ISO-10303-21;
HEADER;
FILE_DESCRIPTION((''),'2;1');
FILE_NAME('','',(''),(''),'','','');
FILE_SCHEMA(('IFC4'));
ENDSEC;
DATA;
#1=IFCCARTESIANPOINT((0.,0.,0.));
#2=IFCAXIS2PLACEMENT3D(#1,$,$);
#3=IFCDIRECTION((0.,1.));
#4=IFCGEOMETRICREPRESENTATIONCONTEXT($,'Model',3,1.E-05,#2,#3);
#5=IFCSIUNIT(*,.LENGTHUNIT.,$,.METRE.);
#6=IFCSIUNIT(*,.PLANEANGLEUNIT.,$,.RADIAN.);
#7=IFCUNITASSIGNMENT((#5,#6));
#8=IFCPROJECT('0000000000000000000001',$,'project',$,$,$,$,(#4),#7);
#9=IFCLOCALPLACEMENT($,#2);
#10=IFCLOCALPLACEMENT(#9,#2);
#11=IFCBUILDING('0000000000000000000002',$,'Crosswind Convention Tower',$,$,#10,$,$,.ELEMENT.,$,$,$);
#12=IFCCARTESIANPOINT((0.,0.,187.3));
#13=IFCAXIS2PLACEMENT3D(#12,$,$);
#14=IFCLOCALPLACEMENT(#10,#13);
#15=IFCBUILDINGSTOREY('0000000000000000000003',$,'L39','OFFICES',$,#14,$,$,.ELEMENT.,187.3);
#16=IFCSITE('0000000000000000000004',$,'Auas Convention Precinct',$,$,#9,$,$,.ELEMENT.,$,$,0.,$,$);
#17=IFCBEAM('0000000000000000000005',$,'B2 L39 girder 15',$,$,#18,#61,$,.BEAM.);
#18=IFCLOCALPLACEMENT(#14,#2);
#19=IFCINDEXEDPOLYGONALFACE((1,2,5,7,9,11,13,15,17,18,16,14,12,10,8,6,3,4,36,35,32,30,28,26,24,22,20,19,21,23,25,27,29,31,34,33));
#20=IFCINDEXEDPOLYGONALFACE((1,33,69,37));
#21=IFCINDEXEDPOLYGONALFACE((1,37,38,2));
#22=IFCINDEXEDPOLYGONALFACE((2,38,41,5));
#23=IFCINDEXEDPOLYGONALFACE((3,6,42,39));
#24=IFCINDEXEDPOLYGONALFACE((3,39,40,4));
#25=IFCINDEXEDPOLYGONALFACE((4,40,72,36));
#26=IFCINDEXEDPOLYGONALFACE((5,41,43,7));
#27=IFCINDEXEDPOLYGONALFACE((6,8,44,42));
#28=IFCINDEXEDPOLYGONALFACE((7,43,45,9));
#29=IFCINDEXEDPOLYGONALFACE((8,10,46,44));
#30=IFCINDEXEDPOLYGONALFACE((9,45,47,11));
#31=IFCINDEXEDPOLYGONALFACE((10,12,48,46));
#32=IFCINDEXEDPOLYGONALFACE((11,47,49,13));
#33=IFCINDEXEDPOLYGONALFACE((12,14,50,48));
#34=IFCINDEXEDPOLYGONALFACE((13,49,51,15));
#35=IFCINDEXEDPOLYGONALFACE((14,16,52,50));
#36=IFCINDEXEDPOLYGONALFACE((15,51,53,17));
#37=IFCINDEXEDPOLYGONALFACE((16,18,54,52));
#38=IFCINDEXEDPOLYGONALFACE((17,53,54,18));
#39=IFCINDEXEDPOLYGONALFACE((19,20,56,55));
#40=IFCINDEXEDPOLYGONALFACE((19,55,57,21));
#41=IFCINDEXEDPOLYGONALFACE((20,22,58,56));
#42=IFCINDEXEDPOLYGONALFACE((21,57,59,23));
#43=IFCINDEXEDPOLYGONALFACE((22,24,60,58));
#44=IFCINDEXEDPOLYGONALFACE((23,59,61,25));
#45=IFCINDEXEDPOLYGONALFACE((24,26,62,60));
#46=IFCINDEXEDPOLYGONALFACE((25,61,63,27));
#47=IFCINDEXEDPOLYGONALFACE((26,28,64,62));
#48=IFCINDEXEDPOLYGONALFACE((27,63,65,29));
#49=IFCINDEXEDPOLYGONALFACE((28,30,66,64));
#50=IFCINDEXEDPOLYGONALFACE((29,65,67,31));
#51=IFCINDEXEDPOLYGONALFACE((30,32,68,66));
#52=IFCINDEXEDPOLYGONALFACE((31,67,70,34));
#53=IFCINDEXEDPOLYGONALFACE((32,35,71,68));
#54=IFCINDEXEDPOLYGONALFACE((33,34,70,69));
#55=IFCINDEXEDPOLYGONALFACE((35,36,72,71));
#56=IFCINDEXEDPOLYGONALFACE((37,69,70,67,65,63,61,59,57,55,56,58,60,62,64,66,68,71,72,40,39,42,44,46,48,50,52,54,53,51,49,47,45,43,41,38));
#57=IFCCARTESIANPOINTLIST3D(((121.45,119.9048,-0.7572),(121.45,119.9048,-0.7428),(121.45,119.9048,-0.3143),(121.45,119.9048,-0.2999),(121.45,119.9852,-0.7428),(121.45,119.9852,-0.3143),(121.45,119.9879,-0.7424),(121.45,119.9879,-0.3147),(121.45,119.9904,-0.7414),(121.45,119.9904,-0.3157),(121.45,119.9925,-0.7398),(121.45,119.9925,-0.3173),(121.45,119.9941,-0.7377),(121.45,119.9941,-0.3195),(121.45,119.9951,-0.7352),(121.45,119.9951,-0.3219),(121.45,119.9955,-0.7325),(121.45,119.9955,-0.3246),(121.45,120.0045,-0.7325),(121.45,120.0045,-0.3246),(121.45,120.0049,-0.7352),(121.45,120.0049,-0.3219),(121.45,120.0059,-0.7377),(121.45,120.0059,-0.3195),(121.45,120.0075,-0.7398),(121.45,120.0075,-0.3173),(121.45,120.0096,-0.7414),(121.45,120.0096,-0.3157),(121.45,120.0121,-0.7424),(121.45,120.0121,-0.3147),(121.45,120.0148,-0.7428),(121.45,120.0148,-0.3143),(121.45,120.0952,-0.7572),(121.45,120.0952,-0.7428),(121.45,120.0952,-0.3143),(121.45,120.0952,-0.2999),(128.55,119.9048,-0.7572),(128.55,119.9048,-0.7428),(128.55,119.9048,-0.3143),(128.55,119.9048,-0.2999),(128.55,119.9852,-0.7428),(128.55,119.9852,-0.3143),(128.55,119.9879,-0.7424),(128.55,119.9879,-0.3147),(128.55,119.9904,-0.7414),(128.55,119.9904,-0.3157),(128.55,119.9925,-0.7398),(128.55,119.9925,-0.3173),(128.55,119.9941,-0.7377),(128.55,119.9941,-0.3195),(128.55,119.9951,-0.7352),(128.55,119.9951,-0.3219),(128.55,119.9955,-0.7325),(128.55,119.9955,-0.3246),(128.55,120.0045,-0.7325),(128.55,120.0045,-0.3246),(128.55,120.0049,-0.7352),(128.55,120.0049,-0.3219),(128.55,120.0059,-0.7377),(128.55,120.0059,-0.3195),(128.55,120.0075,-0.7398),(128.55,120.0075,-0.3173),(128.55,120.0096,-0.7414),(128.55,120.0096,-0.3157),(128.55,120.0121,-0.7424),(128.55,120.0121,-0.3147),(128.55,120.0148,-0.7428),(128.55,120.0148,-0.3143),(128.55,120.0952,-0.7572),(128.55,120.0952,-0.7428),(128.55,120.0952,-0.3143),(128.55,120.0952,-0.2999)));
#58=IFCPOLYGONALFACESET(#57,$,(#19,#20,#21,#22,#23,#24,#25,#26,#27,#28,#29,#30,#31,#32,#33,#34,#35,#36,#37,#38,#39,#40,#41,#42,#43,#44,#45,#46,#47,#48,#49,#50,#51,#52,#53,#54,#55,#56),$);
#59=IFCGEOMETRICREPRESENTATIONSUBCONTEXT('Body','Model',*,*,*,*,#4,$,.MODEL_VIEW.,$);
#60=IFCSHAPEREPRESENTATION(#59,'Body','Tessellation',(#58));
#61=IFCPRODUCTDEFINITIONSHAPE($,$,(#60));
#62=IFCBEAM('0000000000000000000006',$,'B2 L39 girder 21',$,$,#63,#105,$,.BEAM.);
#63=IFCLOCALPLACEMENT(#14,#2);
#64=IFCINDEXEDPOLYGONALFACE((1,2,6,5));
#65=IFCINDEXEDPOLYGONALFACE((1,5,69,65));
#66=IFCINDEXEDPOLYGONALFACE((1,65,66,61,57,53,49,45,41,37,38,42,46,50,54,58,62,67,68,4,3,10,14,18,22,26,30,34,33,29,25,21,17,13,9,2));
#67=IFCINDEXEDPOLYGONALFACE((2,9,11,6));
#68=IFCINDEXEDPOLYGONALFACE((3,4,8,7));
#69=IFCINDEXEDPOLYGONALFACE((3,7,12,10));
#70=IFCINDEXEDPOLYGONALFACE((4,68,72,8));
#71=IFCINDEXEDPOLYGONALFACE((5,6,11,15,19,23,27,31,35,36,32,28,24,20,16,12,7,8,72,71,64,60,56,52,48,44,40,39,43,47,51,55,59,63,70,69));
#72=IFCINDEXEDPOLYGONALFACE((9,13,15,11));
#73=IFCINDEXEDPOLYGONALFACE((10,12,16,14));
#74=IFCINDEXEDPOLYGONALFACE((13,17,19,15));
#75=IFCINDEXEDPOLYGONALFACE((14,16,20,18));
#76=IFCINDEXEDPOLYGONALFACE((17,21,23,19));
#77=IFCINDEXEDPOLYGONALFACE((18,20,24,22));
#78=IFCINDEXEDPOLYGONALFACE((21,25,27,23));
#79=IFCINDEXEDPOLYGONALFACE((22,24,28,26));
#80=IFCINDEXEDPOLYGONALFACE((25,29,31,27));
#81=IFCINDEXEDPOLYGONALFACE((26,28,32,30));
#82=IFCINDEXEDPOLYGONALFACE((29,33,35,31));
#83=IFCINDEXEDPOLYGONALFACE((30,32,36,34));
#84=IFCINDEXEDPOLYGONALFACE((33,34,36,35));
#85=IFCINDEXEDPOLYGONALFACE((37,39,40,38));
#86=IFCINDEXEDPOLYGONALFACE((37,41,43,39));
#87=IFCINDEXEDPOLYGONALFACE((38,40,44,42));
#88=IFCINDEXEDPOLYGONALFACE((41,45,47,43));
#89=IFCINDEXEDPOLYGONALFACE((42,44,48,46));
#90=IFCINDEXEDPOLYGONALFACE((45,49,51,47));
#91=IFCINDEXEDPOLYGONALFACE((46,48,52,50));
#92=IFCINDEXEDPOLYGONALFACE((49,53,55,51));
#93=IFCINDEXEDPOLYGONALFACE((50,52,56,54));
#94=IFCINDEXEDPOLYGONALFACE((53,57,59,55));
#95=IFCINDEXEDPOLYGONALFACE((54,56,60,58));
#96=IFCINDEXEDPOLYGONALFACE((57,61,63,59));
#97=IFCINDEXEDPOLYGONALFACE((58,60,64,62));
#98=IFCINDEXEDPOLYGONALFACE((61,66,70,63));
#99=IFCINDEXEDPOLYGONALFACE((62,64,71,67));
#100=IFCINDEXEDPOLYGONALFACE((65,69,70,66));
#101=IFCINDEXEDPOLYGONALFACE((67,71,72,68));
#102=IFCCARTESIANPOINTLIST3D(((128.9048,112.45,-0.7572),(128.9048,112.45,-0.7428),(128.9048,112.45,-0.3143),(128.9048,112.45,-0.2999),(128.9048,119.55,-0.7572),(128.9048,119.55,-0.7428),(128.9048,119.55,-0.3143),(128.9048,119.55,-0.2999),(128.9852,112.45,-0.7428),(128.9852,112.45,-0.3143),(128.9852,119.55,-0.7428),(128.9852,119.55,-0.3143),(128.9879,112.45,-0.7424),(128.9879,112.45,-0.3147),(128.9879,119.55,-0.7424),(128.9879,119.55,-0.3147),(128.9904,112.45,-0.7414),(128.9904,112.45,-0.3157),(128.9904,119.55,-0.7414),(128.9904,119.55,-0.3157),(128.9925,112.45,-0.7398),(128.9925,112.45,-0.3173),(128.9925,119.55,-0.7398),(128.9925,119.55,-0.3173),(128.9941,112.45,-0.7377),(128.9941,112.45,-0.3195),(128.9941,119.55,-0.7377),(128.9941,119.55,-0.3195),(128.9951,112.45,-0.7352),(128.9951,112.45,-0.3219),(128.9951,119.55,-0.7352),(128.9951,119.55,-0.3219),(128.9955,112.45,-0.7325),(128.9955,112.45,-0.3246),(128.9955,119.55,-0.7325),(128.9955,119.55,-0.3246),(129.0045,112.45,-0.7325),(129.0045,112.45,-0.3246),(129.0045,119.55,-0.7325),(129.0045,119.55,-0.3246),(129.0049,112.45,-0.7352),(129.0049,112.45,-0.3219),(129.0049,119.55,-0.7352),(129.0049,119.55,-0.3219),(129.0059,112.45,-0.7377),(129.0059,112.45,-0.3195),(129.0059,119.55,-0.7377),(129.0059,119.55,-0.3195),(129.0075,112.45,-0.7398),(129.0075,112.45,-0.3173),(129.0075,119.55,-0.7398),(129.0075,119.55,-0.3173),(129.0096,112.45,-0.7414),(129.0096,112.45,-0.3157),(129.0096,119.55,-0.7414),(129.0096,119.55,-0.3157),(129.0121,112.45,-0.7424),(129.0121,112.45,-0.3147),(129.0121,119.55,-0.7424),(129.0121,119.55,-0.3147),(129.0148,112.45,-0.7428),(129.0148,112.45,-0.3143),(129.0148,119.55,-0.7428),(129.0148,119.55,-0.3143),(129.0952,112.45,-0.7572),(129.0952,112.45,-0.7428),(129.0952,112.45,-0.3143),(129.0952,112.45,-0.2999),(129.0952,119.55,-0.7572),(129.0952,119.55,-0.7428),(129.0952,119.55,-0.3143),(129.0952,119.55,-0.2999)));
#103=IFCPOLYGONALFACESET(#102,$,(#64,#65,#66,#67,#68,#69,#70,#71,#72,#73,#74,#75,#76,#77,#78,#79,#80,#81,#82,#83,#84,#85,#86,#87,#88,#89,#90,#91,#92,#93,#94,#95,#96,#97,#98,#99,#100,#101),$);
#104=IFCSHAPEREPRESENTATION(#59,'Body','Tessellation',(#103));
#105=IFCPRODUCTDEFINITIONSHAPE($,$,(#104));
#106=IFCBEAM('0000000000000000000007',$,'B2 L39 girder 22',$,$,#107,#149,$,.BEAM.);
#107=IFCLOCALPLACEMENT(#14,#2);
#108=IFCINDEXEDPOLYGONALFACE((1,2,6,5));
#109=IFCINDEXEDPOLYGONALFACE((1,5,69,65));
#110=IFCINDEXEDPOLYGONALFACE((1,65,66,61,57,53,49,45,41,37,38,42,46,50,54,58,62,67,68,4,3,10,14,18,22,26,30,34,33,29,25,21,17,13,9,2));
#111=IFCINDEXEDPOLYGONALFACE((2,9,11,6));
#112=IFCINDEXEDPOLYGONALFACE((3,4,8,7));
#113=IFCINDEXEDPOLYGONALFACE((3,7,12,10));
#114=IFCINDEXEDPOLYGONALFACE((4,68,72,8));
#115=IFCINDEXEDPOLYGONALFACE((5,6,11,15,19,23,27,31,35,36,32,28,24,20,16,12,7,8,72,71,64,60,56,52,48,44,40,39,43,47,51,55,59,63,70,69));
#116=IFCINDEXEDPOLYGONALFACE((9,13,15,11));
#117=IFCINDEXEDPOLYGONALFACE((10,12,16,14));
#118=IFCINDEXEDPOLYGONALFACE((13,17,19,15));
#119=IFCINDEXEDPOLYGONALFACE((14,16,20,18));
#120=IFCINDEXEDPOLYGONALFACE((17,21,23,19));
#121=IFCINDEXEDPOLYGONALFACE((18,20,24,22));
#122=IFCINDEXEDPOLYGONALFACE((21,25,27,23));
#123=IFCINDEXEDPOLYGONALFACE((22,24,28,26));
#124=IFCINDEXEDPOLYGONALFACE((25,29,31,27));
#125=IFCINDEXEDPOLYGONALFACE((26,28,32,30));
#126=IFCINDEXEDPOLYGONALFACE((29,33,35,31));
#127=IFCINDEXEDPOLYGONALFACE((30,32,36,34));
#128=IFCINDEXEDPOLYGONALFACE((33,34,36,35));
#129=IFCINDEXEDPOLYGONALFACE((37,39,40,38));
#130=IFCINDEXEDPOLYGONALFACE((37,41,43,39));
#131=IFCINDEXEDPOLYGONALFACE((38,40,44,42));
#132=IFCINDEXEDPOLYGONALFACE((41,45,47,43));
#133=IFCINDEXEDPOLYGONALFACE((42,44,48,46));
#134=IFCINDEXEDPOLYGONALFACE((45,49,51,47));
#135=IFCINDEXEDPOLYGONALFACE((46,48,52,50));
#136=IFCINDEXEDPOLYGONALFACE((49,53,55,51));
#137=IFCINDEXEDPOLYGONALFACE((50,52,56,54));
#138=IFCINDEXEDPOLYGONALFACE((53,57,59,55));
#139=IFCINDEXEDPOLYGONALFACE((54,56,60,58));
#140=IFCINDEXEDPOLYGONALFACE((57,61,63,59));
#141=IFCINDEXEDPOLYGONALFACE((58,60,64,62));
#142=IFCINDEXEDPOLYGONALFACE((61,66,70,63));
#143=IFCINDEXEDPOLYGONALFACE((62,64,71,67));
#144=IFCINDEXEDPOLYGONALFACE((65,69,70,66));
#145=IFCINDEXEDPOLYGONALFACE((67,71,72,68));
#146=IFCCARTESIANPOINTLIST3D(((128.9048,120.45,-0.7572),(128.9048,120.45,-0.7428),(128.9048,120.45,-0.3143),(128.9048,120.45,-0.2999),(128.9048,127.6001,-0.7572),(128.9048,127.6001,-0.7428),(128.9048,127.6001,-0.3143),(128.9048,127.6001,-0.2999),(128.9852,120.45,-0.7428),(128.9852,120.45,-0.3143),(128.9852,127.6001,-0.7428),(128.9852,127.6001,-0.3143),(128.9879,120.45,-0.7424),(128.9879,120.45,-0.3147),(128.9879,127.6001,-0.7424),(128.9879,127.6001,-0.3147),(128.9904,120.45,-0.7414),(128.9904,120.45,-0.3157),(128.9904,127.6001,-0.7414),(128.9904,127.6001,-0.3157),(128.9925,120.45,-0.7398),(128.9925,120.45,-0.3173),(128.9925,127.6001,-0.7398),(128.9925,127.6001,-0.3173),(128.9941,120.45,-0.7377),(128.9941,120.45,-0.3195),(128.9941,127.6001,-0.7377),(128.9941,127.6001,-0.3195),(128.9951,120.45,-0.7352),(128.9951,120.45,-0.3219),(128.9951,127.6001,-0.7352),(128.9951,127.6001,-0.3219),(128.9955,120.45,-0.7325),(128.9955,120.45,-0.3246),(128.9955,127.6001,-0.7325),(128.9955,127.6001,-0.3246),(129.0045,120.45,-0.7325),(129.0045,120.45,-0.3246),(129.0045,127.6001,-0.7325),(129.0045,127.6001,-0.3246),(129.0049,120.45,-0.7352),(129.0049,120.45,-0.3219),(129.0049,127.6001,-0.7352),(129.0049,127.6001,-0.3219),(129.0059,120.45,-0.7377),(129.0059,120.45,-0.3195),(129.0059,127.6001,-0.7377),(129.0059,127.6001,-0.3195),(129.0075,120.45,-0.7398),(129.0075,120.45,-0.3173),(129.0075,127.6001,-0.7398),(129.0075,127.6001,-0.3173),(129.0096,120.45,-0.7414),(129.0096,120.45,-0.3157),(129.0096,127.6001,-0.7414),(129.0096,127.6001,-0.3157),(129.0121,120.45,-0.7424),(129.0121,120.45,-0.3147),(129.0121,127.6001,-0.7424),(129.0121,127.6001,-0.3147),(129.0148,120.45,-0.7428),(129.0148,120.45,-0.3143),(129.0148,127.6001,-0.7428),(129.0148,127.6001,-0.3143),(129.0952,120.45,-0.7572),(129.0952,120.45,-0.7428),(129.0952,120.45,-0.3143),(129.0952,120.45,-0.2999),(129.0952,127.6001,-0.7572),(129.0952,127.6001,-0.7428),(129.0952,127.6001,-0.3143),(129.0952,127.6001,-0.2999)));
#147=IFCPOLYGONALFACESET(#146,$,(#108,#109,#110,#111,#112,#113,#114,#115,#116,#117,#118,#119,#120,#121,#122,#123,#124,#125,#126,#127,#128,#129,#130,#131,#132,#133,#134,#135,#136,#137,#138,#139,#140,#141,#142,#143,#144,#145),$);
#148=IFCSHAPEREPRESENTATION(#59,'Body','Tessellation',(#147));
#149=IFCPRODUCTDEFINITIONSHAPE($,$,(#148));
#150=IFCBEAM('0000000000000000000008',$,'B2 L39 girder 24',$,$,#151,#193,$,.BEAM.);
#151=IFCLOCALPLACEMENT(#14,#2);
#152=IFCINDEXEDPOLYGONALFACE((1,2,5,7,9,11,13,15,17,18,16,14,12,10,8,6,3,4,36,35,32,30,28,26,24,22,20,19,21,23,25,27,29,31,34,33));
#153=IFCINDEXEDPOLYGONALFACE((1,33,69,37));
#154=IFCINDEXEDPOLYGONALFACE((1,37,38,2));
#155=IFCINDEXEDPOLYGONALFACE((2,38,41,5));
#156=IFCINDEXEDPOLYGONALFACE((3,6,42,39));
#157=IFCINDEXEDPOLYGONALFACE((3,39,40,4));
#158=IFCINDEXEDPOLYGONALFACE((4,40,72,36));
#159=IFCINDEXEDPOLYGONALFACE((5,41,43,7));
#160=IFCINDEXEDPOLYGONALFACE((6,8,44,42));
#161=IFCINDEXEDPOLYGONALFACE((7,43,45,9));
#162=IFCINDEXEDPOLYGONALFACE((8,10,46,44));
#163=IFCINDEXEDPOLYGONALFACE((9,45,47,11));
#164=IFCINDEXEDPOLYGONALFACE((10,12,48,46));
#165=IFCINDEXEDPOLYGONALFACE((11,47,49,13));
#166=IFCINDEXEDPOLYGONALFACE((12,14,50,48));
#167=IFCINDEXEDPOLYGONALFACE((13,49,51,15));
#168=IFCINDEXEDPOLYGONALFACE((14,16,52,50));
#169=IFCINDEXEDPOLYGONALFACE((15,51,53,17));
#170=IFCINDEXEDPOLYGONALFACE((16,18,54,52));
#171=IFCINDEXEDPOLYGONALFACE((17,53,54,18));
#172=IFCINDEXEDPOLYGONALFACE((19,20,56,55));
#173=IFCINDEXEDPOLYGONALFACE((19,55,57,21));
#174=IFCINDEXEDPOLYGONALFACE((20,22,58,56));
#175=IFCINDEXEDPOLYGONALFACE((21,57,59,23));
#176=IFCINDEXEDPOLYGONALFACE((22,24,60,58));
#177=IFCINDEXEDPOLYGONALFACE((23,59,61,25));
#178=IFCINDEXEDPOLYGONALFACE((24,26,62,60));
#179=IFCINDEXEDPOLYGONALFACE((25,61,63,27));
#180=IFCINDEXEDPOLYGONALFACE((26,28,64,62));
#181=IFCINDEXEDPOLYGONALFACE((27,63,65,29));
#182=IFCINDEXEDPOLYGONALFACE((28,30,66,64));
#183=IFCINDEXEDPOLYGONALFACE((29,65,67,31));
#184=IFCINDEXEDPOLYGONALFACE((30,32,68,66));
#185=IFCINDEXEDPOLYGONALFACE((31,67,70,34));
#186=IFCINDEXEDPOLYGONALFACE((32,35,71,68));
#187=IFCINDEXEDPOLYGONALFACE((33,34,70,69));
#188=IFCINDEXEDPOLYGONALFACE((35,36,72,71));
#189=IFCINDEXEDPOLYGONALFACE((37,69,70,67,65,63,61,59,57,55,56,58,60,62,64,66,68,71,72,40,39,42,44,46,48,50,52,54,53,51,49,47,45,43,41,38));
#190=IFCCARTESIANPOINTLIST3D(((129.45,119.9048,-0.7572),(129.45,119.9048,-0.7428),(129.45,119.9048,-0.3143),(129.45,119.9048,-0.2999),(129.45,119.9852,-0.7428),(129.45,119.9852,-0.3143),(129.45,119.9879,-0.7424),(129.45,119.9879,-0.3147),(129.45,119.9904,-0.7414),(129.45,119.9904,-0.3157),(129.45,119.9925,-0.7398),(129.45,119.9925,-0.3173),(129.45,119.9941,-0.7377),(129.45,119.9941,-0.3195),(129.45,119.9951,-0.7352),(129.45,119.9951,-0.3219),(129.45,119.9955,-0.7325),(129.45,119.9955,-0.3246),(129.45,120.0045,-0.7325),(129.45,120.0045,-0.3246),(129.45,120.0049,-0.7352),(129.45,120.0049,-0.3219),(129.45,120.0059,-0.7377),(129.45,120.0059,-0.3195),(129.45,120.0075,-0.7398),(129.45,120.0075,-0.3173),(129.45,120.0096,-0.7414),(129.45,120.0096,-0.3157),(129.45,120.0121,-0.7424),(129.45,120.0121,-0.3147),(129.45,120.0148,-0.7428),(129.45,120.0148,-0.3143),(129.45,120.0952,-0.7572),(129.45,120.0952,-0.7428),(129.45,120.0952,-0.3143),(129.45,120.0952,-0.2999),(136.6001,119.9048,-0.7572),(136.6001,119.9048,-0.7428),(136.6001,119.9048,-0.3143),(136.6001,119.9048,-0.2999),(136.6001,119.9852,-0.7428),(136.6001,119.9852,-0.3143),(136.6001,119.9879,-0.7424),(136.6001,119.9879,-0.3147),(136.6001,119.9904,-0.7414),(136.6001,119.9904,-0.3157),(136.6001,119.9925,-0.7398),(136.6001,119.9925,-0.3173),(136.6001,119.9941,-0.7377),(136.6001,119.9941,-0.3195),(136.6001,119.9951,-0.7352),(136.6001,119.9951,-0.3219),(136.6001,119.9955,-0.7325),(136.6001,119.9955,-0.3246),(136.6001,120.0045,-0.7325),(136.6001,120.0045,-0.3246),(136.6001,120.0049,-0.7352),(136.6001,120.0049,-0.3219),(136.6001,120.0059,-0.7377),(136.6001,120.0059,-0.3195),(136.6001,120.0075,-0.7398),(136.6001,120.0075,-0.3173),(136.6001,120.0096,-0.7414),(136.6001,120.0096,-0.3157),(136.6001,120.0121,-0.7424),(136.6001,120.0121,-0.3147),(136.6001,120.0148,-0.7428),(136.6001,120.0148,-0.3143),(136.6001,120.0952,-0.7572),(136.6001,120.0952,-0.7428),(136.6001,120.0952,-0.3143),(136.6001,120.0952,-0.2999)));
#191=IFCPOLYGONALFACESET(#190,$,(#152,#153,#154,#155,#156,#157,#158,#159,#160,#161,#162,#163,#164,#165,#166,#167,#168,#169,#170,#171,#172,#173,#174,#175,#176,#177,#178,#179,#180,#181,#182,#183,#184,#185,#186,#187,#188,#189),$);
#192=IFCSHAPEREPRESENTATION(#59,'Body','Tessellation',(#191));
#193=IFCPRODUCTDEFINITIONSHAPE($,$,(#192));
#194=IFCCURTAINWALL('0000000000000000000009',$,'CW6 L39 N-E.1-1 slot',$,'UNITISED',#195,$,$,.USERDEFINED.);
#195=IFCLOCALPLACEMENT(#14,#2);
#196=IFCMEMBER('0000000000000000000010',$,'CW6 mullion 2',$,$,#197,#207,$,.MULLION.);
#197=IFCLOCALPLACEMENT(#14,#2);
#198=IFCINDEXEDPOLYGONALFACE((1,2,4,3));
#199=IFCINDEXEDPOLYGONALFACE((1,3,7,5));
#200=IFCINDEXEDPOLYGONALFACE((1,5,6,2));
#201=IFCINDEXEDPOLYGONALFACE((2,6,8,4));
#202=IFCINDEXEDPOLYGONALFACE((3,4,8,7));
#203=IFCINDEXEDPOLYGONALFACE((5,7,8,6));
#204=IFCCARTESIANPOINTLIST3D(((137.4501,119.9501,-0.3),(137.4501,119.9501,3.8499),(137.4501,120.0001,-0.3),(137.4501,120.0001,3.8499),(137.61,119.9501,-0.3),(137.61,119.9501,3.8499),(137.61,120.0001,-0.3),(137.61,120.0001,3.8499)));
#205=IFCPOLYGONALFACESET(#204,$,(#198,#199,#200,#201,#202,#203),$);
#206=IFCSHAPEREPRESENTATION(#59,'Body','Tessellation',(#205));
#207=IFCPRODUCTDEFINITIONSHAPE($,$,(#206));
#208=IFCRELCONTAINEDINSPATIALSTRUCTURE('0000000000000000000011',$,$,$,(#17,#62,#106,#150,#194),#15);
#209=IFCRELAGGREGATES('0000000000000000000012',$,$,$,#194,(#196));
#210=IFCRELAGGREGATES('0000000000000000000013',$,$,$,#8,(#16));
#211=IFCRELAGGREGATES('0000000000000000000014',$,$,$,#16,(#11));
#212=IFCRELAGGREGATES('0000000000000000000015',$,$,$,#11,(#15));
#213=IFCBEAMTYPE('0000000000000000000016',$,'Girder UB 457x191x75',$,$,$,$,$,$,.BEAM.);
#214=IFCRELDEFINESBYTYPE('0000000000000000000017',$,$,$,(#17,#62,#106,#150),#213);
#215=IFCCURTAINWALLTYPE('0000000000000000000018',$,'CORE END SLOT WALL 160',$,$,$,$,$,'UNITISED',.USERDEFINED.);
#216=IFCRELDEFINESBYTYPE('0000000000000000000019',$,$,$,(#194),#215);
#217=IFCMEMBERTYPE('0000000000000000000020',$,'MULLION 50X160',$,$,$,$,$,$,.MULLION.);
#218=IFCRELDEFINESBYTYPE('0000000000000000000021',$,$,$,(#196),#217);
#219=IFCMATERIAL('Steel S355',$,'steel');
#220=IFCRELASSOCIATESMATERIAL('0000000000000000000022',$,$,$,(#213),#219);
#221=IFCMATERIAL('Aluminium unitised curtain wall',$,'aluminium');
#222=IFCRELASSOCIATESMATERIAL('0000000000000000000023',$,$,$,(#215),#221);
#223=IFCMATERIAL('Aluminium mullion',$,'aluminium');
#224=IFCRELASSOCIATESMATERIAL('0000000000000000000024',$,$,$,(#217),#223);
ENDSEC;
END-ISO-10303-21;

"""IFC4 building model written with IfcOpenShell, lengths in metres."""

from ifc_helpers import new_model, si_unit, direction, frame, origin, origin_2d, place, context, subcontext, project, spatial, rectangle, i_section, extrude, material, material_profile, profile_set, type_object, element, aggregate, save


model = new_model("IFC4")

# Units and contexts
model_context = context("Model", 3, precision=1e-05, world=origin(), true_north=direction((0.0, 1.0)))
body_context = subcontext(model_context, "Body", "Model", "MODEL_VIEW")
ifc_project = project(units=[si_unit("LENGTHUNIT", "METRE"), si_unit("PLANEANGLEUNIT", "RADIAN")], contexts=[model_context])

# Site, building, storey
site_placement = place(None, origin())
site = spatial("IfcSite", under=ifc_project, at=site_placement, Name="Auas Convention Precinct", CompositionType="ELEMENT", RefElevation=0.0)
building_placement = place(site_placement, origin())
building = spatial("IfcBuilding", under=site, at=building_placement, Name="Crosswind Convention Tower", CompositionType="ELEMENT")
storey_placement = place(building_placement, frame((0.0, 0.0, 187.3)))
storey = spatial("IfcBuildingStorey", under=building, at=storey_placement, Name="L39", Description="OFFICES", CompositionType="ELEMENT", Elevation=187.3)

# Beams
ifc_material_1 = material(Name="Steel S355", Category="steel")
ifc_material_profile_1 = material_profile(ifc_material_1, i_section(OverallWidth=0.1904, OverallDepth=0.4573, WebThickness=0.009, FlangeThickness=0.0144, FilletRadius=0.0103, at=origin_2d()), Name="UB 457x191x75")
ifc_profile_set_1 = profile_set([ifc_material_profile_1], Name="Steel S355")
beam_type_1 = type_object("IfcBeamType", Name="Girder UB 457x191x75", PredefinedType="BEAM", material=ifc_profile_set_1)
for number, where, z_axis, x_axis, name in (
    (1, (121.45, 120.0, -0.5286), (1.0, 0.0, 0.0), (0.0, 1.0, 0.0), "B2 L39 girder 15"),
    (2, (129.0, 112.45, -0.5286), (0.0, 1.0, 0.0), (-1.0, 0.0, 0.0), "B2 L39 girder 21"),
):
    element("IfcBeam", number, at=place(storey_placement, frame(where, z_axis=z_axis, x_axis=x_axis)), inside=storey, type_object=beam_type_1, Name=name, PredefinedType="BEAM", context=body_context, shape_type="SweptSolid", body=[
        extrude(i_section(OverallWidth=0.1904, OverallDepth=0.4573, WebThickness=0.009, FlangeThickness=0.0144, FilletRadius=0.0103, at=origin_2d()), origin(), (0.0, 0.0, 1.0), 7.1001),
    ])
for number, where, z_axis, x_axis, name in (
    (3, (129.0, 120.45, -0.5286), (0.0, 1.0, 0.0), (-1.0, 0.0, 0.0), "B2 L39 girder 22"),
    (4, (129.45, 120.0, -0.5286), (1.0, 0.0, 0.0), (0.0, 1.0, 0.0), "B2 L39 girder 24"),
):
    element("IfcBeam", number, at=place(storey_placement, frame(where, z_axis=z_axis, x_axis=x_axis)), inside=storey, type_object=beam_type_1, Name=name, PredefinedType="BEAM", context=body_context, shape_type="SweptSolid", body=[
        extrude(i_section(OverallWidth=0.1904, OverallDepth=0.4573, WebThickness=0.009, FlangeThickness=0.0144, FilletRadius=0.0103, at=origin_2d()), origin(), (0.0, 0.0, 1.0), 7.1501),
    ])

# Curtain wall, member
ifc_material_2 = material(Name="Aluminium unitised curtain wall", Category="aluminium")
curtain_wall_type_1 = type_object("IfcCurtainWallType", Name="CORE END SLOT WALL 160", ElementType="UNITISED", PredefinedType="USERDEFINED", material=ifc_material_2)
curtain_wall_1_placement = place(storey_placement, origin())
curtain_wall_1 = element("IfcCurtainWall", 5, at=curtain_wall_1_placement, inside=storey, type_object=curtain_wall_type_1, Name="CW6 L39 N-E.1-1 slot", ObjectType="UNITISED", PredefinedType="USERDEFINED")
ifc_material_3 = material(Name="Aluminium mullion", Category="aluminium")
ifc_material_profile_2 = material_profile(ifc_material_3, rectangle(XDim=0.1599, YDim=0.05, at=origin_2d()), Name="AL 160X50")
ifc_profile_set_2 = profile_set([ifc_material_profile_2], Name="Aluminium mullion")
member_type_1 = type_object("IfcMemberType", Name="MULLION 50X160", PredefinedType="MULLION", material=ifc_profile_set_2)
member_1_placement = place(storey_placement, frame((137.53, 119.9751, -0.3), z_axis=(0.0, 0.0, 1.0), x_axis=(1.0, 0.0, 0.0)))
member_1 = element("IfcMember", 6, at=member_1_placement, type_object=member_type_1, Name="CW6 mullion 2", PredefinedType="MULLION", context=body_context, shape_type="SweptSolid", body=[
    extrude(rectangle(XDim=0.1599, YDim=0.05, at=origin_2d()), origin(), (0.0, 0.0, 1.0), 4.1499),
])

aggregate(curtain_wall_1, [member_1])

save(model, "model.ifc")
